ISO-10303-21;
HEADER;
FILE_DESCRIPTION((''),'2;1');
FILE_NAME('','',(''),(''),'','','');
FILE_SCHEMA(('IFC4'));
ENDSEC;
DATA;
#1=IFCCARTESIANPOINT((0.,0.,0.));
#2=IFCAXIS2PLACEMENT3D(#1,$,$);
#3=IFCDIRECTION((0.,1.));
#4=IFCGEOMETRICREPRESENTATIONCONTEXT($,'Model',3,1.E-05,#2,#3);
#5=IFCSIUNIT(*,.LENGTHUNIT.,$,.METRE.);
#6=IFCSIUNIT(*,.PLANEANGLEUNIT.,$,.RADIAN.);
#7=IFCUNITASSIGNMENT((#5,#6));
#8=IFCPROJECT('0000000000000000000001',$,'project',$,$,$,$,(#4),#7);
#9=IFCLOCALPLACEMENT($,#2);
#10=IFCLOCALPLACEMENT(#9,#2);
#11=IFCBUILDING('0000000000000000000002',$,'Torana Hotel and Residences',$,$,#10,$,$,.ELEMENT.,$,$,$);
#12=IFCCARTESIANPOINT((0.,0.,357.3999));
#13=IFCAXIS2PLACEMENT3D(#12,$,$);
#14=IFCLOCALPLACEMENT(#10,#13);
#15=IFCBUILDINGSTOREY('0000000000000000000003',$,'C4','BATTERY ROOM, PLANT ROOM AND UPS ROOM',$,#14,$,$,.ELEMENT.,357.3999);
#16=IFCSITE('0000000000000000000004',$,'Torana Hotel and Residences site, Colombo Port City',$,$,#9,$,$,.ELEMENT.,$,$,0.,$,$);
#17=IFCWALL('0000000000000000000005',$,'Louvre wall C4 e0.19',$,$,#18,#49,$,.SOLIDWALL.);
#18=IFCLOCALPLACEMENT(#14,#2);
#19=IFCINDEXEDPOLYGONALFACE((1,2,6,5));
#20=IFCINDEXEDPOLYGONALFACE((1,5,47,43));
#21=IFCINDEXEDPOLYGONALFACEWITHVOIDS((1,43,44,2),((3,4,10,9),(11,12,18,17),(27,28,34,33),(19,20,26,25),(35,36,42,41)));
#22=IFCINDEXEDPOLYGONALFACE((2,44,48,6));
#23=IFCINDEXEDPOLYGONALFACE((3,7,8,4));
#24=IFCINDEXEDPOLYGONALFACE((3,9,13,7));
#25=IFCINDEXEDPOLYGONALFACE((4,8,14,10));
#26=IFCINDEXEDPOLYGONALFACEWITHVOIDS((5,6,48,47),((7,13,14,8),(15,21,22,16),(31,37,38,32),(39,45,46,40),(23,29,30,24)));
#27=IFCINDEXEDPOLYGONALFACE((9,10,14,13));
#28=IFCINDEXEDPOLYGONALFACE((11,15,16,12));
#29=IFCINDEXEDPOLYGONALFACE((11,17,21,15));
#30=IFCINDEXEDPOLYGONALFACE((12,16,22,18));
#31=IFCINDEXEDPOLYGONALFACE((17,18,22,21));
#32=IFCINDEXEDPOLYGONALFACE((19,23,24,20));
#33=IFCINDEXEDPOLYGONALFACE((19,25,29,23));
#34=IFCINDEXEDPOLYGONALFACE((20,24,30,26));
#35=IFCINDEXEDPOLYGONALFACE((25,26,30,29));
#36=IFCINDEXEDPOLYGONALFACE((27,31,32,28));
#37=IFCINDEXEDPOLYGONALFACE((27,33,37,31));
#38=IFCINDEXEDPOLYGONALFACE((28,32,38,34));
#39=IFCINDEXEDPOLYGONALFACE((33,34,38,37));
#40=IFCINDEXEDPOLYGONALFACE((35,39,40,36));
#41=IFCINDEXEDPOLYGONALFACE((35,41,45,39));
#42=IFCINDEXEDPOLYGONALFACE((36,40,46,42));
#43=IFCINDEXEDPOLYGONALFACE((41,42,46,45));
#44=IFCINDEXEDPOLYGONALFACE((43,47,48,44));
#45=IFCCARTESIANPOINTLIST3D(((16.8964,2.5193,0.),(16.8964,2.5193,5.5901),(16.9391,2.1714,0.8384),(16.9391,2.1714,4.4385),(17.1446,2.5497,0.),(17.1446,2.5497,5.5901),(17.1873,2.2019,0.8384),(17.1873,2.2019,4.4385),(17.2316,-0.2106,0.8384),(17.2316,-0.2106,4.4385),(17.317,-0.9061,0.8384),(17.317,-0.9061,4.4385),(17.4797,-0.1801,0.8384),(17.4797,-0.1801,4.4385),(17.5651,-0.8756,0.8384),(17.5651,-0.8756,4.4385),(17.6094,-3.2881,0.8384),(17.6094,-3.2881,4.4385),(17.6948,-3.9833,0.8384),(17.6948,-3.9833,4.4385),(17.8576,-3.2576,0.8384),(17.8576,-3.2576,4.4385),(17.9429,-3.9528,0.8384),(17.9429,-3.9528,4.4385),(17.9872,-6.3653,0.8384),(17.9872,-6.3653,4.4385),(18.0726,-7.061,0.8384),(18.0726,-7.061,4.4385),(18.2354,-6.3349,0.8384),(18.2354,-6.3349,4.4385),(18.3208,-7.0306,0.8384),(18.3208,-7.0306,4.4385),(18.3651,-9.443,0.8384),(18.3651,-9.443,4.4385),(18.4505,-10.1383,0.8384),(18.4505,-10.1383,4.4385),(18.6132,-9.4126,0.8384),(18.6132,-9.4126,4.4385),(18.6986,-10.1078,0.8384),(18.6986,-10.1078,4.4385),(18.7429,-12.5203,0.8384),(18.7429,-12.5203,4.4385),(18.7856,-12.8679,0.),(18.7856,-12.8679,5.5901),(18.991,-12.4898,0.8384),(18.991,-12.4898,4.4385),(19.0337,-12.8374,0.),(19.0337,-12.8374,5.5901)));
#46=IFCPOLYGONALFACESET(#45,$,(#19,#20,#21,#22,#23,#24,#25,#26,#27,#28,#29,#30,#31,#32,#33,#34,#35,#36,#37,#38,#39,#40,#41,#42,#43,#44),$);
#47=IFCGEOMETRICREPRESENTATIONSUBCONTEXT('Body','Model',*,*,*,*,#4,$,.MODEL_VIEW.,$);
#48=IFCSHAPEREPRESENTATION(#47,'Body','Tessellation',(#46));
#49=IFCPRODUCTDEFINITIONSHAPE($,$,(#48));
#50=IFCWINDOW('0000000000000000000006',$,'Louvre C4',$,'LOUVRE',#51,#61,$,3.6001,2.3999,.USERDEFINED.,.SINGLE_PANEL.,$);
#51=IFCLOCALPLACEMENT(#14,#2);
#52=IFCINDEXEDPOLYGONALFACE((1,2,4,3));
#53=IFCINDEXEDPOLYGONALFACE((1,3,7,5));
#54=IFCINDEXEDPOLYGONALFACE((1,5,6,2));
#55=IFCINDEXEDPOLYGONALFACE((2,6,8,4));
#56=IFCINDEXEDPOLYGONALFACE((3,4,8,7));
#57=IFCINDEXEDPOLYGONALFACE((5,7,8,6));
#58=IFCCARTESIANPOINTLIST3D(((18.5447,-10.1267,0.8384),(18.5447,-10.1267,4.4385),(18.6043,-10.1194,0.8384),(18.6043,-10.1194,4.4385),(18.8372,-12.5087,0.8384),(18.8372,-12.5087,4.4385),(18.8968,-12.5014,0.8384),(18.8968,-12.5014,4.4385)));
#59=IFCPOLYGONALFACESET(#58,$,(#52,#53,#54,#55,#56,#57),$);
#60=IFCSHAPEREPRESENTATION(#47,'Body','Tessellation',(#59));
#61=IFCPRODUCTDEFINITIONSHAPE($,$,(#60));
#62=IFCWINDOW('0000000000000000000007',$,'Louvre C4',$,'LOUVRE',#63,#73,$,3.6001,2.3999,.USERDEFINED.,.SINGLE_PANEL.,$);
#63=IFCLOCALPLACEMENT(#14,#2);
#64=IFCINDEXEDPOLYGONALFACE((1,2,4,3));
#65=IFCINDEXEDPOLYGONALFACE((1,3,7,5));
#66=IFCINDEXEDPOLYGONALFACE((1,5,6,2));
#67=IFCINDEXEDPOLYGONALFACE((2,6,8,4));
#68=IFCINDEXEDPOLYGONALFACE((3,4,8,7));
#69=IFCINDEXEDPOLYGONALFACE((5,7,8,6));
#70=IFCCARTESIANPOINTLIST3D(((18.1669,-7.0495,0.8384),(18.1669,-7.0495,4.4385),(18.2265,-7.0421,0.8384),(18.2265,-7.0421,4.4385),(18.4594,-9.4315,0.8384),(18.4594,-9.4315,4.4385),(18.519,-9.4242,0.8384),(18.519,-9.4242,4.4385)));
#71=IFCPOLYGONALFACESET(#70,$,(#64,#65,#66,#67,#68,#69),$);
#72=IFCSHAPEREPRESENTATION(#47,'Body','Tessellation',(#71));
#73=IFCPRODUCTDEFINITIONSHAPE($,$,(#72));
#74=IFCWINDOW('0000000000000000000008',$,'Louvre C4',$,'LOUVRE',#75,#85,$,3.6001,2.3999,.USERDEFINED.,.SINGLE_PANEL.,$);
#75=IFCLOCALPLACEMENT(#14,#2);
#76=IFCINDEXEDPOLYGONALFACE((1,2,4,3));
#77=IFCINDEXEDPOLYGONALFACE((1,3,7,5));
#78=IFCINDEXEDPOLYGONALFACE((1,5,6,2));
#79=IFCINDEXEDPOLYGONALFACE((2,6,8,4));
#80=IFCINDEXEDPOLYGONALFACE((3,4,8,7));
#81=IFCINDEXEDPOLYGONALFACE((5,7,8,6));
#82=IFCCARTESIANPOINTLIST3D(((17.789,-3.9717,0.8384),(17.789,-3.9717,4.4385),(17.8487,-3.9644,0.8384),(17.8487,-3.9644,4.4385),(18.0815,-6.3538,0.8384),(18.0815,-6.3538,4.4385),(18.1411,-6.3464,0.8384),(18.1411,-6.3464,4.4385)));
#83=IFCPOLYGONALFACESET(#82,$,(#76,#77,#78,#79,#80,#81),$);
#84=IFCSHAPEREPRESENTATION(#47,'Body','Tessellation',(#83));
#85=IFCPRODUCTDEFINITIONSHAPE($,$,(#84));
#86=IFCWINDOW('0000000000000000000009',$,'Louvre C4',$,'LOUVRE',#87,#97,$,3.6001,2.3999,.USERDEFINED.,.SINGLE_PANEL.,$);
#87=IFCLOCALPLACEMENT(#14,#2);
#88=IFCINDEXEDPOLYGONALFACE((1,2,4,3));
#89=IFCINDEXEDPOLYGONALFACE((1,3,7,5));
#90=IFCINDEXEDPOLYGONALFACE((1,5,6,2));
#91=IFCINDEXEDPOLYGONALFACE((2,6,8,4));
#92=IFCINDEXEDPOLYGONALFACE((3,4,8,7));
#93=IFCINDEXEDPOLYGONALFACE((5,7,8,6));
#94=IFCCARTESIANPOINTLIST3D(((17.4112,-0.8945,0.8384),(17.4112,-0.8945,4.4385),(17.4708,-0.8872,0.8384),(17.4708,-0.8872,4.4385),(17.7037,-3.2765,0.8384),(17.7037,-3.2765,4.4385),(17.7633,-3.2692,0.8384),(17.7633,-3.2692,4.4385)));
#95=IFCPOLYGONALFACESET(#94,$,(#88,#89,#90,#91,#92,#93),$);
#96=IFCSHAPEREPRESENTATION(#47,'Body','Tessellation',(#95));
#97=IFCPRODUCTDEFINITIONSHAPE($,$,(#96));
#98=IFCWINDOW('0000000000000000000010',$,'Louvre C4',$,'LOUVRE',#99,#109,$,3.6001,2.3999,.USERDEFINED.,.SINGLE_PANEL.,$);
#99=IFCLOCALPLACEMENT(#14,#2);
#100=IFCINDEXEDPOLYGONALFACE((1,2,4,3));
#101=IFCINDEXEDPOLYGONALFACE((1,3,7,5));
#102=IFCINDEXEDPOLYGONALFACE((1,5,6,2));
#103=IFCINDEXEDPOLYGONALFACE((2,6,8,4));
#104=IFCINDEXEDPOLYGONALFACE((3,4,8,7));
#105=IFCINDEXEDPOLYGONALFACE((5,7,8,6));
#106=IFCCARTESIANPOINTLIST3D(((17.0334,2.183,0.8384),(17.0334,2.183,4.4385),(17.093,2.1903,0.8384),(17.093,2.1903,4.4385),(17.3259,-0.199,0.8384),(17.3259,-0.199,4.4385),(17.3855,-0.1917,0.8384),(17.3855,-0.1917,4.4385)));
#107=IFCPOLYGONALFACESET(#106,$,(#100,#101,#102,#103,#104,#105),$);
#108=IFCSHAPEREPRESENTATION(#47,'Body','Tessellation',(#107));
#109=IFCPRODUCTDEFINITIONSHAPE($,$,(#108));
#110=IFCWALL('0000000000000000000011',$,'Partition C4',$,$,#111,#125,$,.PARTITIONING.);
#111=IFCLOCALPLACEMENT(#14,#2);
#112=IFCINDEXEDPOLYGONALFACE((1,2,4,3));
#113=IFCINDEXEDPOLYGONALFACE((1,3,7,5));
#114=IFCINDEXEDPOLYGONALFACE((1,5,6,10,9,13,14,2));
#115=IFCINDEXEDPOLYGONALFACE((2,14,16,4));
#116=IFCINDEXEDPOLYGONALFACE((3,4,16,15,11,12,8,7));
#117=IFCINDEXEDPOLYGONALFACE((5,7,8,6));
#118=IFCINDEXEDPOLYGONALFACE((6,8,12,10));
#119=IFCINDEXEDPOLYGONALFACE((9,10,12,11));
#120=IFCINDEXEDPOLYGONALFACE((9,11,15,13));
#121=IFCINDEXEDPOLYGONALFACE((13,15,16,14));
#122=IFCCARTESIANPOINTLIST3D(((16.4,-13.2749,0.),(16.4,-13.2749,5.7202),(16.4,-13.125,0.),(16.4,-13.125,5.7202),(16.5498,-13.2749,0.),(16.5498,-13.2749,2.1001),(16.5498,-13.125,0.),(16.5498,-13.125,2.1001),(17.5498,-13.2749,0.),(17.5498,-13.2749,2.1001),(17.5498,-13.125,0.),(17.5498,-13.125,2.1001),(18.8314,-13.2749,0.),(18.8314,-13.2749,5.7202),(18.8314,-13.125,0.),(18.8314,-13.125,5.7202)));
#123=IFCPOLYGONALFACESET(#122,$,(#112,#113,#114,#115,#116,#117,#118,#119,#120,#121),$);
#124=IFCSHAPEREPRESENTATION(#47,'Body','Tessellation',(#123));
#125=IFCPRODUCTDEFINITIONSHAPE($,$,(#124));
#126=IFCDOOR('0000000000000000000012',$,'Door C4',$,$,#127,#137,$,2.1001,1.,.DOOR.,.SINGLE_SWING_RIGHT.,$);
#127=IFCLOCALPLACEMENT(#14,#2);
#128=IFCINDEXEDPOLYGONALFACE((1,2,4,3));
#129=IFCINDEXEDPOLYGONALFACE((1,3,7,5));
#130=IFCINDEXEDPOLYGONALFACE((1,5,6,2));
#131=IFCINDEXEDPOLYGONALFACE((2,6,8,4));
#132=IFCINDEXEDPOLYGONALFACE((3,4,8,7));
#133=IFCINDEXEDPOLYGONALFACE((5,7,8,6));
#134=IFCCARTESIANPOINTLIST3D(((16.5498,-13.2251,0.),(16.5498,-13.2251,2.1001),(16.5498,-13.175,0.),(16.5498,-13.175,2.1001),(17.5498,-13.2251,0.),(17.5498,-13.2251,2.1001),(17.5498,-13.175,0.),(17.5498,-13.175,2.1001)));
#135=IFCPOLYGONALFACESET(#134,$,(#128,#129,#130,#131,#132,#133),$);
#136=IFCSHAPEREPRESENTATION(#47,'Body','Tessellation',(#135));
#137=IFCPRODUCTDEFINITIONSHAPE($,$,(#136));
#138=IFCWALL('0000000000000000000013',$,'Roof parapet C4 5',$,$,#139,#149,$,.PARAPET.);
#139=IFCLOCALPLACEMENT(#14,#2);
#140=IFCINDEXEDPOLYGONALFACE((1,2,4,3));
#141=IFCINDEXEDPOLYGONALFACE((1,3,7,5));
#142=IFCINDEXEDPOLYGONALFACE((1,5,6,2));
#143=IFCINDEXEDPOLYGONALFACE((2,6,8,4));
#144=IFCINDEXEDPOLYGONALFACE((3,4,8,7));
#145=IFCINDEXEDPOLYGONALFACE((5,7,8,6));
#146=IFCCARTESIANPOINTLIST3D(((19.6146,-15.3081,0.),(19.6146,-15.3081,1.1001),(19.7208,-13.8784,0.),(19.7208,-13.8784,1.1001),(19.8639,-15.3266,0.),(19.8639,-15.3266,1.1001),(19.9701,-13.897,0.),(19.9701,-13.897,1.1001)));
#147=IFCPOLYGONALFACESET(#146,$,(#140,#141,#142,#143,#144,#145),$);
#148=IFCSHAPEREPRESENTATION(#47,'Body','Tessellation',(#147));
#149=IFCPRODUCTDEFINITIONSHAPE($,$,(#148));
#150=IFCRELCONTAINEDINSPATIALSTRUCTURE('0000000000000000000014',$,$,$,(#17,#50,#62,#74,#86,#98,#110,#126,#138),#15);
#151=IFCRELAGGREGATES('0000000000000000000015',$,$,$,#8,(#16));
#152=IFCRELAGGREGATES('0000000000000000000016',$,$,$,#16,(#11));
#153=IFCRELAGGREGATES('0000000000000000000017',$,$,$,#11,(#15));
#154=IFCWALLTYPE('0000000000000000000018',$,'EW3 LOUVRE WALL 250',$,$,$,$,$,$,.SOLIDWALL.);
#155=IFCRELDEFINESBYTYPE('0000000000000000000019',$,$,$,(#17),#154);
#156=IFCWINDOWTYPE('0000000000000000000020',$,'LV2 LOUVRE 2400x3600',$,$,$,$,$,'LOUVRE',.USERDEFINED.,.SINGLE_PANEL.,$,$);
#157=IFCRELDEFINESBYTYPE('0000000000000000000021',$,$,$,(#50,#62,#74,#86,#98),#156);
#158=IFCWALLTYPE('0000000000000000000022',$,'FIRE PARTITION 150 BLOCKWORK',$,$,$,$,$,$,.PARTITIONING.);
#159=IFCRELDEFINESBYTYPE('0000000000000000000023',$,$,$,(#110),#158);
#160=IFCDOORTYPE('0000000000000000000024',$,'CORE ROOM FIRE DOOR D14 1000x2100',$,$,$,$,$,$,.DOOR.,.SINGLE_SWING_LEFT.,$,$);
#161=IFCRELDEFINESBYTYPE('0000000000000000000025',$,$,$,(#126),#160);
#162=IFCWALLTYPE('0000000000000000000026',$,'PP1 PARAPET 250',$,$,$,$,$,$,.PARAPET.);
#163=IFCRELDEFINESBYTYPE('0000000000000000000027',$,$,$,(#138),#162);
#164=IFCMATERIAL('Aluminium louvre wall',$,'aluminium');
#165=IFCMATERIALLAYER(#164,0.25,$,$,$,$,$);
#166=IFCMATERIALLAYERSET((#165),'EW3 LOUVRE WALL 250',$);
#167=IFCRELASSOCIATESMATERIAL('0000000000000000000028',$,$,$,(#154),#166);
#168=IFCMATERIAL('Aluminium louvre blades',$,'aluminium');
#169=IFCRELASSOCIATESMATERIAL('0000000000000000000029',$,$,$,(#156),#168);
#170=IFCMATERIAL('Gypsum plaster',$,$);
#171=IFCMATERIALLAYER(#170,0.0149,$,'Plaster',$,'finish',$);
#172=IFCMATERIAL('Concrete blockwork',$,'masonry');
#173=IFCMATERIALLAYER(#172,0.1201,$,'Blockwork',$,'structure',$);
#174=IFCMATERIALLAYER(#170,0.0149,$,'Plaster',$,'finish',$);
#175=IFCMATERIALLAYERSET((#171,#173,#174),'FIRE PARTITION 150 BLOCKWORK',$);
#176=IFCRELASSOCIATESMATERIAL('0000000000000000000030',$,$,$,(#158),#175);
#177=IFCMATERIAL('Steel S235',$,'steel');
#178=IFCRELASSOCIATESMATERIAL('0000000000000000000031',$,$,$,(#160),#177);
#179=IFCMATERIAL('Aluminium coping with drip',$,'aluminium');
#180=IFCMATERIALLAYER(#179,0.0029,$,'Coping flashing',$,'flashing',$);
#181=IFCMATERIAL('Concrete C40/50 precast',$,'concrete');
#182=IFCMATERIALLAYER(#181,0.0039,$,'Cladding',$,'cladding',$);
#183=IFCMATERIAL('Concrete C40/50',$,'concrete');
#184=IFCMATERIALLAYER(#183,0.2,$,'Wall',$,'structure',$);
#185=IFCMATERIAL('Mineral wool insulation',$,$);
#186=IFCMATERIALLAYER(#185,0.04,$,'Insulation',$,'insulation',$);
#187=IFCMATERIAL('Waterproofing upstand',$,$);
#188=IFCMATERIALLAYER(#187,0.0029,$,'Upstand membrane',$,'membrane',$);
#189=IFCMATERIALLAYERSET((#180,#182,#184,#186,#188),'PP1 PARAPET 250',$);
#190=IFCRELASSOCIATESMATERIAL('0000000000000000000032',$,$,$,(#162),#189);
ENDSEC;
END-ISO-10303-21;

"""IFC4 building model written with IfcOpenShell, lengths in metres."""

from ifc_helpers import new_model, si_unit, direction, frame, frame_2d, origin, place, context, subcontext, project, spatial, rectangle, extrude, material, layer, layer_set, type_object, element, fill, save


model = new_model("IFC4")

# Units and contexts
model_context = context("Model", 3, precision=1e-05, world=origin(), true_north=direction((0.0, 1.0)))
body_context = subcontext(model_context, "Body", "Model", "MODEL_VIEW")
ifc_project = project(units=[si_unit("LENGTHUNIT", "METRE"), si_unit("PLANEANGLEUNIT", "RADIAN")], contexts=[model_context])

# Site, building, storey
site_placement = place(None, origin())
site = spatial("IfcSite", under=ifc_project, at=site_placement, Name="Torana Hotel and Residences site, Colombo Port City", CompositionType="ELEMENT", RefElevation=0.0)
building_placement = place(site_placement, origin())
building = spatial("IfcBuilding", under=site, at=building_placement, Name="Torana Hotel and Residences", CompositionType="ELEMENT")
storey_placement = place(building_placement, frame((0.0, 0.0, 357.3999)))
storey = spatial("IfcBuildingStorey", under=building, at=storey_placement, Name="C4", Description="BATTERY ROOM, PLANT ROOM AND UPS ROOM", CompositionType="ELEMENT", Elevation=357.3999)

# Shared definitions
ifc_material_1 = material(Name="Aluminium louvre wall", Category="aluminium")
ifc_layer_1 = layer(ifc_material_1, 0.25)
ifc_layer_set_1 = layer_set([ifc_layer_1], Name="EW3 LOUVRE WALL 250")
wall_type_1 = type_object("IfcWallType", Name="EW3 LOUVRE WALL 250", PredefinedType="SOLIDWALL", material=ifc_layer_set_1)

# Wall, openings, windows
wall_1_placement = place(storey_placement, frame((18.9097, -12.8528, 0.0), z_axis=(0.0, 0.0, 1.0), x_axis=(-0.12186, 0.992547, 0.0)))
wall_1 = element("IfcWall", 1, at=wall_1_placement, inside=storey, type_object=wall_type_1, Name="Louvre wall C4 e0.19", PredefinedType="SOLIDWALL", context=body_context, shape_type="SweptSolid", body=[
    extrude(rectangle(XDim=15.5027, YDim=0.25, at=frame_2d((7.7515, 0.0))), origin(), (0.0, 0.0, 1.0), 5.5901),
])
opening_1_placement = place(wall_1_placement, frame((0.3503, 0.0, 0.8384)))
opening_1 = element("IfcOpeningElement", 2, at=opening_1_placement, cuts=wall_1, PredefinedType="OPENING", context=body_context, shape_type="SweptSolid", body=[
    extrude(rectangle(XDim=2.3999, YDim=3.6001, at=frame_2d((1.2, 1.8))), frame((0.0, 0.135, 0.0), z_axis=(0.0, -1.0, 0.0), x_axis=(1.0, 0.0, 0.0)), (0.0, 0.0, 1.0), 0.27),
])
opening_2_placement = place(wall_1_placement, frame((3.4507, 0.0, 0.8384)))
opening_2 = element("IfcOpeningElement", 3, at=opening_2_placement, cuts=wall_1, PredefinedType="OPENING", context=body_context, shape_type="SweptSolid", body=[
    extrude(rectangle(XDim=2.3999, YDim=3.6001, at=frame_2d((1.2, 1.8))), frame((0.0, 0.135, 0.0), z_axis=(0.0, -1.0, 0.0), x_axis=(1.0, 0.0, 0.0)), (0.0, 0.0, 1.0), 0.27),
])
opening_3_placement = place(wall_1_placement, frame((6.5515, 0.0, 0.8384)))
opening_3 = element("IfcOpeningElement", 4, at=opening_3_placement, cuts=wall_1, PredefinedType="OPENING", context=body_context, shape_type="SweptSolid", body=[
    extrude(rectangle(XDim=2.3999, YDim=3.6001, at=frame_2d((1.2, 1.8))), frame((0.0, 0.135, 0.0), z_axis=(0.0, -1.0, 0.0), x_axis=(1.0, 0.0, 0.0)), (0.0, 0.0, 1.0), 0.27),
])
opening_4_placement = place(wall_1_placement, frame((9.6519, 0.0, 0.8384)))
opening_4 = element("IfcOpeningElement", 5, at=opening_4_placement, cuts=wall_1, PredefinedType="OPENING", context=body_context, shape_type="SweptSolid", body=[
    extrude(rectangle(XDim=2.3999, YDim=3.6001, at=frame_2d((1.2, 1.8))), frame((0.0, 0.135, 0.0), z_axis=(0.0, -1.0, 0.0), x_axis=(1.0, 0.0, 0.0)), (0.0, 0.0, 1.0), 0.27),
])
opening_5_placement = place(wall_1_placement, frame((12.7524, 0.0, 0.8384)))
opening_5 = element("IfcOpeningElement", 6, at=opening_5_placement, cuts=wall_1, PredefinedType="OPENING", context=body_context, shape_type="SweptSolid", body=[
    extrude(rectangle(XDim=2.3999, YDim=3.6001, at=frame_2d((1.2, 1.8))), frame((0.0, 0.135, 0.0), z_axis=(0.0, -1.0, 0.0), x_axis=(1.0, 0.0, 0.0)), (0.0, 0.0, 1.0), 0.27),
])
ifc_material_2 = material(Name="Aluminium louvre blades", Category="aluminium")
window_type = type_object("IfcWindowType", Name="LV2 LOUVRE 2400x3600", ElementType="LOUVRE", PartitioningType="SINGLE_PANEL", PredefinedType="USERDEFINED", material=ifc_material_2)
window_1_placement = place(opening_1_placement, origin())
window_1 = element("IfcWindow", 7, at=window_1_placement, inside=storey, type_object=window_type, Name="Louvre C4", ObjectType="LOUVRE", OverallHeight=3.6001, OverallWidth=2.3999, PartitioningType="SINGLE_PANEL", PredefinedType="USERDEFINED", context=body_context, shape_type="SweptSolid", body=[
    extrude(rectangle(XDim=2.3999, YDim=3.6001, at=frame_2d((1.2, 1.8))), frame((0.0, 0.03, 0.0), z_axis=(0.0, -1.0, 0.0), x_axis=(1.0, 0.0, 0.0)), (0.0, 0.0, 1.0), 0.0601),
])
fill(opening_1, window_1)
window_2_placement = place(opening_2_placement, origin())
window_2 = element("IfcWindow", 8, at=window_2_placement, inside=storey, type_object=window_type, Name="Louvre C4", ObjectType="LOUVRE", OverallHeight=3.6001, OverallWidth=2.3999, PartitioningType="SINGLE_PANEL", PredefinedType="USERDEFINED", context=body_context, shape_type="SweptSolid", body=[
    extrude(rectangle(XDim=2.3999, YDim=3.6001, at=frame_2d((1.2, 1.8))), frame((0.0, 0.03, 0.0), z_axis=(0.0, -1.0, 0.0), x_axis=(1.0, 0.0, 0.0)), (0.0, 0.0, 1.0), 0.0601),
])
fill(opening_2, window_2)
window_3_placement = place(opening_3_placement, origin())
window_3 = element("IfcWindow", 9, at=window_3_placement, inside=storey, type_object=window_type, Name="Louvre C4", ObjectType="LOUVRE", OverallHeight=3.6001, OverallWidth=2.3999, PartitioningType="SINGLE_PANEL", PredefinedType="USERDEFINED", context=body_context, shape_type="SweptSolid", body=[
    extrude(rectangle(XDim=2.3999, YDim=3.6001, at=frame_2d((1.2, 1.8))), frame((0.0, 0.03, 0.0), z_axis=(0.0, -1.0, 0.0), x_axis=(1.0, 0.0, 0.0)), (0.0, 0.0, 1.0), 0.0601),
])
fill(opening_3, window_3)
window_4_placement = place(opening_4_placement, origin())
window_4 = element("IfcWindow", 10, at=window_4_placement, inside=storey, type_object=window_type, Name="Louvre C4", ObjectType="LOUVRE", OverallHeight=3.6001, OverallWidth=2.3999, PartitioningType="SINGLE_PANEL", PredefinedType="USERDEFINED", context=body_context, shape_type="SweptSolid", body=[
    extrude(rectangle(XDim=2.3999, YDim=3.6001, at=frame_2d((1.2, 1.8))), frame((0.0, 0.03, 0.0), z_axis=(0.0, -1.0, 0.0), x_axis=(1.0, 0.0, 0.0)), (0.0, 0.0, 1.0), 0.0601),
])
fill(opening_4, window_4)
window_5_placement = place(opening_5_placement, origin())
window_5 = element("IfcWindow", 11, at=window_5_placement, inside=storey, type_object=window_type, Name="Louvre C4", ObjectType="LOUVRE", OverallHeight=3.6001, OverallWidth=2.3999, PartitioningType="SINGLE_PANEL", PredefinedType="USERDEFINED", context=body_context, shape_type="SweptSolid", body=[
    extrude(rectangle(XDim=2.3999, YDim=3.6001, at=frame_2d((1.2, 1.8))), frame((0.0, 0.03, 0.0), z_axis=(0.0, -1.0, 0.0), x_axis=(1.0, 0.0, 0.0)), (0.0, 0.0, 1.0), 0.0601),
])
fill(opening_5, window_5)

# Wall, opening, door
ifc_material_3 = material(Name="Gypsum plaster")
ifc_layer_2 = layer(ifc_material_3, 0.0149, Name="Plaster", Category="finish")
ifc_material_4 = material(Name="Concrete blockwork", Category="masonry")
ifc_layer_3 = layer(ifc_material_4, 0.1201, Name="Blockwork", Category="structure")
ifc_layer_4 = layer(ifc_material_3, 0.0149, Name="Plaster", Category="finish")
ifc_layer_set_2 = layer_set([ifc_layer_2, ifc_layer_3, ifc_layer_4], Name="FIRE PARTITION 150 BLOCKWORK")
wall_type_2 = type_object("IfcWallType", Name="FIRE PARTITION 150 BLOCKWORK", PredefinedType="PARTITIONING", material=ifc_layer_set_2)
wall_2_placement = place(storey_placement, frame((16.3999, -13.2, 0.0), z_axis=(0.0, 0.0, 1.0), x_axis=(1.0, 0.0, 0.0)))
wall_2 = element("IfcWall", 12, at=wall_2_placement, inside=storey, type_object=wall_type_2, Name="Partition C4", PredefinedType="PARTITIONING", context=body_context, shape_type="SweptSolid", body=[
    extrude(rectangle(XDim=2.4314, YDim=0.1499, at=frame_2d((1.2158, 0.0))), origin(), (0.0, 0.0, 1.0), 5.7202),
])
opening_6_placement = place(wall_2_placement, frame((0.1499, 0.0, 0.0)))
opening_6 = element("IfcOpeningElement", 13, at=opening_6_placement, cuts=wall_2, PredefinedType="OPENING", context=body_context, shape_type="SweptSolid", body=[
    extrude(rectangle(XDim=1.0, YDim=2.1001, at=frame_2d((0.5, 1.05))), frame((0.0, 0.085, 0.0), z_axis=(0.0, -1.0, 0.0), x_axis=(1.0, 0.0, 0.0)), (0.0, 0.0, 1.0), 0.1699),
])
ifc_material_5 = material(Name="Steel S235", Category="steel")
door_type = type_object("IfcDoorType", Name="CORE ROOM FIRE DOOR D14 1000x2100", OperationType="SINGLE_SWING_LEFT", PredefinedType="DOOR", material=ifc_material_5)
door_placement = place(opening_6_placement, origin())
door = element("IfcDoor", 14, at=door_placement, inside=storey, type_object=door_type, Name="Door C4", OperationType="SINGLE_SWING_RIGHT", OverallHeight=2.1001, OverallWidth=1.0, PredefinedType="DOOR", context=body_context, shape_type="SweptSolid", body=[
    extrude(rectangle(XDim=1.0, YDim=2.1001, at=frame_2d((0.5, 1.05))), frame((0.0, 0.0249, 0.0), z_axis=(0.0, -1.0, 0.0), x_axis=(1.0, 0.0, 0.0)), (0.0, 0.0, 1.0), 0.05),
])
fill(opening_6, door)

# Wall
ifc_material_6 = material(Name="Aluminium coping with drip", Category="aluminium")
ifc_layer_5 = layer(ifc_material_6, 0.0029, Name="Coping flashing", Category="flashing")
ifc_material_7 = material(Name="Concrete C40/50 precast", Category="concrete")
ifc_layer_6 = layer(ifc_material_7, 0.0039, Name="Cladding", Category="cladding")
ifc_material_8 = material(Name="Concrete C40/50", Category="concrete")
ifc_layer_7 = layer(ifc_material_8, 0.2, Name="Wall", Category="structure")
ifc_material_9 = material(Name="Mineral wool insulation")
ifc_layer_8 = layer(ifc_material_9, 0.04, Name="Insulation", Category="insulation")
ifc_material_10 = material(Name="Waterproofing upstand")
ifc_layer_9 = layer(ifc_material_10, 0.0029, Name="Upstand membrane", Category="membrane")
ifc_layer_set_3 = layer_set([ifc_layer_5, ifc_layer_6, ifc_layer_7, ifc_layer_8, ifc_layer_9], Name="PP1 PARAPET 250")
wall_type_3 = type_object("IfcWallType", Name="PP1 PARAPET 250", PredefinedType="PARAPET", material=ifc_layer_set_3)
wall_3_placement = place(storey_placement, frame((19.8455, -13.8877, 0.0), z_axis=(0.0, 0.0, 1.0), x_axis=(-0.074079, -0.997252, 0.0)))
element("IfcWall", 15, at=wall_3_placement, inside=storey, type_object=wall_type_3, Name="Roof parapet C4 5", PredefinedType="PARAPET", context=body_context, shape_type="SweptSolid", body=[
    extrude(rectangle(XDim=1.4336, YDim=0.25, at=frame_2d((0.7168, 0.0))), origin(), (0.0, 0.0, 1.0), 1.1001),
])

save(model, "model.ifc")
